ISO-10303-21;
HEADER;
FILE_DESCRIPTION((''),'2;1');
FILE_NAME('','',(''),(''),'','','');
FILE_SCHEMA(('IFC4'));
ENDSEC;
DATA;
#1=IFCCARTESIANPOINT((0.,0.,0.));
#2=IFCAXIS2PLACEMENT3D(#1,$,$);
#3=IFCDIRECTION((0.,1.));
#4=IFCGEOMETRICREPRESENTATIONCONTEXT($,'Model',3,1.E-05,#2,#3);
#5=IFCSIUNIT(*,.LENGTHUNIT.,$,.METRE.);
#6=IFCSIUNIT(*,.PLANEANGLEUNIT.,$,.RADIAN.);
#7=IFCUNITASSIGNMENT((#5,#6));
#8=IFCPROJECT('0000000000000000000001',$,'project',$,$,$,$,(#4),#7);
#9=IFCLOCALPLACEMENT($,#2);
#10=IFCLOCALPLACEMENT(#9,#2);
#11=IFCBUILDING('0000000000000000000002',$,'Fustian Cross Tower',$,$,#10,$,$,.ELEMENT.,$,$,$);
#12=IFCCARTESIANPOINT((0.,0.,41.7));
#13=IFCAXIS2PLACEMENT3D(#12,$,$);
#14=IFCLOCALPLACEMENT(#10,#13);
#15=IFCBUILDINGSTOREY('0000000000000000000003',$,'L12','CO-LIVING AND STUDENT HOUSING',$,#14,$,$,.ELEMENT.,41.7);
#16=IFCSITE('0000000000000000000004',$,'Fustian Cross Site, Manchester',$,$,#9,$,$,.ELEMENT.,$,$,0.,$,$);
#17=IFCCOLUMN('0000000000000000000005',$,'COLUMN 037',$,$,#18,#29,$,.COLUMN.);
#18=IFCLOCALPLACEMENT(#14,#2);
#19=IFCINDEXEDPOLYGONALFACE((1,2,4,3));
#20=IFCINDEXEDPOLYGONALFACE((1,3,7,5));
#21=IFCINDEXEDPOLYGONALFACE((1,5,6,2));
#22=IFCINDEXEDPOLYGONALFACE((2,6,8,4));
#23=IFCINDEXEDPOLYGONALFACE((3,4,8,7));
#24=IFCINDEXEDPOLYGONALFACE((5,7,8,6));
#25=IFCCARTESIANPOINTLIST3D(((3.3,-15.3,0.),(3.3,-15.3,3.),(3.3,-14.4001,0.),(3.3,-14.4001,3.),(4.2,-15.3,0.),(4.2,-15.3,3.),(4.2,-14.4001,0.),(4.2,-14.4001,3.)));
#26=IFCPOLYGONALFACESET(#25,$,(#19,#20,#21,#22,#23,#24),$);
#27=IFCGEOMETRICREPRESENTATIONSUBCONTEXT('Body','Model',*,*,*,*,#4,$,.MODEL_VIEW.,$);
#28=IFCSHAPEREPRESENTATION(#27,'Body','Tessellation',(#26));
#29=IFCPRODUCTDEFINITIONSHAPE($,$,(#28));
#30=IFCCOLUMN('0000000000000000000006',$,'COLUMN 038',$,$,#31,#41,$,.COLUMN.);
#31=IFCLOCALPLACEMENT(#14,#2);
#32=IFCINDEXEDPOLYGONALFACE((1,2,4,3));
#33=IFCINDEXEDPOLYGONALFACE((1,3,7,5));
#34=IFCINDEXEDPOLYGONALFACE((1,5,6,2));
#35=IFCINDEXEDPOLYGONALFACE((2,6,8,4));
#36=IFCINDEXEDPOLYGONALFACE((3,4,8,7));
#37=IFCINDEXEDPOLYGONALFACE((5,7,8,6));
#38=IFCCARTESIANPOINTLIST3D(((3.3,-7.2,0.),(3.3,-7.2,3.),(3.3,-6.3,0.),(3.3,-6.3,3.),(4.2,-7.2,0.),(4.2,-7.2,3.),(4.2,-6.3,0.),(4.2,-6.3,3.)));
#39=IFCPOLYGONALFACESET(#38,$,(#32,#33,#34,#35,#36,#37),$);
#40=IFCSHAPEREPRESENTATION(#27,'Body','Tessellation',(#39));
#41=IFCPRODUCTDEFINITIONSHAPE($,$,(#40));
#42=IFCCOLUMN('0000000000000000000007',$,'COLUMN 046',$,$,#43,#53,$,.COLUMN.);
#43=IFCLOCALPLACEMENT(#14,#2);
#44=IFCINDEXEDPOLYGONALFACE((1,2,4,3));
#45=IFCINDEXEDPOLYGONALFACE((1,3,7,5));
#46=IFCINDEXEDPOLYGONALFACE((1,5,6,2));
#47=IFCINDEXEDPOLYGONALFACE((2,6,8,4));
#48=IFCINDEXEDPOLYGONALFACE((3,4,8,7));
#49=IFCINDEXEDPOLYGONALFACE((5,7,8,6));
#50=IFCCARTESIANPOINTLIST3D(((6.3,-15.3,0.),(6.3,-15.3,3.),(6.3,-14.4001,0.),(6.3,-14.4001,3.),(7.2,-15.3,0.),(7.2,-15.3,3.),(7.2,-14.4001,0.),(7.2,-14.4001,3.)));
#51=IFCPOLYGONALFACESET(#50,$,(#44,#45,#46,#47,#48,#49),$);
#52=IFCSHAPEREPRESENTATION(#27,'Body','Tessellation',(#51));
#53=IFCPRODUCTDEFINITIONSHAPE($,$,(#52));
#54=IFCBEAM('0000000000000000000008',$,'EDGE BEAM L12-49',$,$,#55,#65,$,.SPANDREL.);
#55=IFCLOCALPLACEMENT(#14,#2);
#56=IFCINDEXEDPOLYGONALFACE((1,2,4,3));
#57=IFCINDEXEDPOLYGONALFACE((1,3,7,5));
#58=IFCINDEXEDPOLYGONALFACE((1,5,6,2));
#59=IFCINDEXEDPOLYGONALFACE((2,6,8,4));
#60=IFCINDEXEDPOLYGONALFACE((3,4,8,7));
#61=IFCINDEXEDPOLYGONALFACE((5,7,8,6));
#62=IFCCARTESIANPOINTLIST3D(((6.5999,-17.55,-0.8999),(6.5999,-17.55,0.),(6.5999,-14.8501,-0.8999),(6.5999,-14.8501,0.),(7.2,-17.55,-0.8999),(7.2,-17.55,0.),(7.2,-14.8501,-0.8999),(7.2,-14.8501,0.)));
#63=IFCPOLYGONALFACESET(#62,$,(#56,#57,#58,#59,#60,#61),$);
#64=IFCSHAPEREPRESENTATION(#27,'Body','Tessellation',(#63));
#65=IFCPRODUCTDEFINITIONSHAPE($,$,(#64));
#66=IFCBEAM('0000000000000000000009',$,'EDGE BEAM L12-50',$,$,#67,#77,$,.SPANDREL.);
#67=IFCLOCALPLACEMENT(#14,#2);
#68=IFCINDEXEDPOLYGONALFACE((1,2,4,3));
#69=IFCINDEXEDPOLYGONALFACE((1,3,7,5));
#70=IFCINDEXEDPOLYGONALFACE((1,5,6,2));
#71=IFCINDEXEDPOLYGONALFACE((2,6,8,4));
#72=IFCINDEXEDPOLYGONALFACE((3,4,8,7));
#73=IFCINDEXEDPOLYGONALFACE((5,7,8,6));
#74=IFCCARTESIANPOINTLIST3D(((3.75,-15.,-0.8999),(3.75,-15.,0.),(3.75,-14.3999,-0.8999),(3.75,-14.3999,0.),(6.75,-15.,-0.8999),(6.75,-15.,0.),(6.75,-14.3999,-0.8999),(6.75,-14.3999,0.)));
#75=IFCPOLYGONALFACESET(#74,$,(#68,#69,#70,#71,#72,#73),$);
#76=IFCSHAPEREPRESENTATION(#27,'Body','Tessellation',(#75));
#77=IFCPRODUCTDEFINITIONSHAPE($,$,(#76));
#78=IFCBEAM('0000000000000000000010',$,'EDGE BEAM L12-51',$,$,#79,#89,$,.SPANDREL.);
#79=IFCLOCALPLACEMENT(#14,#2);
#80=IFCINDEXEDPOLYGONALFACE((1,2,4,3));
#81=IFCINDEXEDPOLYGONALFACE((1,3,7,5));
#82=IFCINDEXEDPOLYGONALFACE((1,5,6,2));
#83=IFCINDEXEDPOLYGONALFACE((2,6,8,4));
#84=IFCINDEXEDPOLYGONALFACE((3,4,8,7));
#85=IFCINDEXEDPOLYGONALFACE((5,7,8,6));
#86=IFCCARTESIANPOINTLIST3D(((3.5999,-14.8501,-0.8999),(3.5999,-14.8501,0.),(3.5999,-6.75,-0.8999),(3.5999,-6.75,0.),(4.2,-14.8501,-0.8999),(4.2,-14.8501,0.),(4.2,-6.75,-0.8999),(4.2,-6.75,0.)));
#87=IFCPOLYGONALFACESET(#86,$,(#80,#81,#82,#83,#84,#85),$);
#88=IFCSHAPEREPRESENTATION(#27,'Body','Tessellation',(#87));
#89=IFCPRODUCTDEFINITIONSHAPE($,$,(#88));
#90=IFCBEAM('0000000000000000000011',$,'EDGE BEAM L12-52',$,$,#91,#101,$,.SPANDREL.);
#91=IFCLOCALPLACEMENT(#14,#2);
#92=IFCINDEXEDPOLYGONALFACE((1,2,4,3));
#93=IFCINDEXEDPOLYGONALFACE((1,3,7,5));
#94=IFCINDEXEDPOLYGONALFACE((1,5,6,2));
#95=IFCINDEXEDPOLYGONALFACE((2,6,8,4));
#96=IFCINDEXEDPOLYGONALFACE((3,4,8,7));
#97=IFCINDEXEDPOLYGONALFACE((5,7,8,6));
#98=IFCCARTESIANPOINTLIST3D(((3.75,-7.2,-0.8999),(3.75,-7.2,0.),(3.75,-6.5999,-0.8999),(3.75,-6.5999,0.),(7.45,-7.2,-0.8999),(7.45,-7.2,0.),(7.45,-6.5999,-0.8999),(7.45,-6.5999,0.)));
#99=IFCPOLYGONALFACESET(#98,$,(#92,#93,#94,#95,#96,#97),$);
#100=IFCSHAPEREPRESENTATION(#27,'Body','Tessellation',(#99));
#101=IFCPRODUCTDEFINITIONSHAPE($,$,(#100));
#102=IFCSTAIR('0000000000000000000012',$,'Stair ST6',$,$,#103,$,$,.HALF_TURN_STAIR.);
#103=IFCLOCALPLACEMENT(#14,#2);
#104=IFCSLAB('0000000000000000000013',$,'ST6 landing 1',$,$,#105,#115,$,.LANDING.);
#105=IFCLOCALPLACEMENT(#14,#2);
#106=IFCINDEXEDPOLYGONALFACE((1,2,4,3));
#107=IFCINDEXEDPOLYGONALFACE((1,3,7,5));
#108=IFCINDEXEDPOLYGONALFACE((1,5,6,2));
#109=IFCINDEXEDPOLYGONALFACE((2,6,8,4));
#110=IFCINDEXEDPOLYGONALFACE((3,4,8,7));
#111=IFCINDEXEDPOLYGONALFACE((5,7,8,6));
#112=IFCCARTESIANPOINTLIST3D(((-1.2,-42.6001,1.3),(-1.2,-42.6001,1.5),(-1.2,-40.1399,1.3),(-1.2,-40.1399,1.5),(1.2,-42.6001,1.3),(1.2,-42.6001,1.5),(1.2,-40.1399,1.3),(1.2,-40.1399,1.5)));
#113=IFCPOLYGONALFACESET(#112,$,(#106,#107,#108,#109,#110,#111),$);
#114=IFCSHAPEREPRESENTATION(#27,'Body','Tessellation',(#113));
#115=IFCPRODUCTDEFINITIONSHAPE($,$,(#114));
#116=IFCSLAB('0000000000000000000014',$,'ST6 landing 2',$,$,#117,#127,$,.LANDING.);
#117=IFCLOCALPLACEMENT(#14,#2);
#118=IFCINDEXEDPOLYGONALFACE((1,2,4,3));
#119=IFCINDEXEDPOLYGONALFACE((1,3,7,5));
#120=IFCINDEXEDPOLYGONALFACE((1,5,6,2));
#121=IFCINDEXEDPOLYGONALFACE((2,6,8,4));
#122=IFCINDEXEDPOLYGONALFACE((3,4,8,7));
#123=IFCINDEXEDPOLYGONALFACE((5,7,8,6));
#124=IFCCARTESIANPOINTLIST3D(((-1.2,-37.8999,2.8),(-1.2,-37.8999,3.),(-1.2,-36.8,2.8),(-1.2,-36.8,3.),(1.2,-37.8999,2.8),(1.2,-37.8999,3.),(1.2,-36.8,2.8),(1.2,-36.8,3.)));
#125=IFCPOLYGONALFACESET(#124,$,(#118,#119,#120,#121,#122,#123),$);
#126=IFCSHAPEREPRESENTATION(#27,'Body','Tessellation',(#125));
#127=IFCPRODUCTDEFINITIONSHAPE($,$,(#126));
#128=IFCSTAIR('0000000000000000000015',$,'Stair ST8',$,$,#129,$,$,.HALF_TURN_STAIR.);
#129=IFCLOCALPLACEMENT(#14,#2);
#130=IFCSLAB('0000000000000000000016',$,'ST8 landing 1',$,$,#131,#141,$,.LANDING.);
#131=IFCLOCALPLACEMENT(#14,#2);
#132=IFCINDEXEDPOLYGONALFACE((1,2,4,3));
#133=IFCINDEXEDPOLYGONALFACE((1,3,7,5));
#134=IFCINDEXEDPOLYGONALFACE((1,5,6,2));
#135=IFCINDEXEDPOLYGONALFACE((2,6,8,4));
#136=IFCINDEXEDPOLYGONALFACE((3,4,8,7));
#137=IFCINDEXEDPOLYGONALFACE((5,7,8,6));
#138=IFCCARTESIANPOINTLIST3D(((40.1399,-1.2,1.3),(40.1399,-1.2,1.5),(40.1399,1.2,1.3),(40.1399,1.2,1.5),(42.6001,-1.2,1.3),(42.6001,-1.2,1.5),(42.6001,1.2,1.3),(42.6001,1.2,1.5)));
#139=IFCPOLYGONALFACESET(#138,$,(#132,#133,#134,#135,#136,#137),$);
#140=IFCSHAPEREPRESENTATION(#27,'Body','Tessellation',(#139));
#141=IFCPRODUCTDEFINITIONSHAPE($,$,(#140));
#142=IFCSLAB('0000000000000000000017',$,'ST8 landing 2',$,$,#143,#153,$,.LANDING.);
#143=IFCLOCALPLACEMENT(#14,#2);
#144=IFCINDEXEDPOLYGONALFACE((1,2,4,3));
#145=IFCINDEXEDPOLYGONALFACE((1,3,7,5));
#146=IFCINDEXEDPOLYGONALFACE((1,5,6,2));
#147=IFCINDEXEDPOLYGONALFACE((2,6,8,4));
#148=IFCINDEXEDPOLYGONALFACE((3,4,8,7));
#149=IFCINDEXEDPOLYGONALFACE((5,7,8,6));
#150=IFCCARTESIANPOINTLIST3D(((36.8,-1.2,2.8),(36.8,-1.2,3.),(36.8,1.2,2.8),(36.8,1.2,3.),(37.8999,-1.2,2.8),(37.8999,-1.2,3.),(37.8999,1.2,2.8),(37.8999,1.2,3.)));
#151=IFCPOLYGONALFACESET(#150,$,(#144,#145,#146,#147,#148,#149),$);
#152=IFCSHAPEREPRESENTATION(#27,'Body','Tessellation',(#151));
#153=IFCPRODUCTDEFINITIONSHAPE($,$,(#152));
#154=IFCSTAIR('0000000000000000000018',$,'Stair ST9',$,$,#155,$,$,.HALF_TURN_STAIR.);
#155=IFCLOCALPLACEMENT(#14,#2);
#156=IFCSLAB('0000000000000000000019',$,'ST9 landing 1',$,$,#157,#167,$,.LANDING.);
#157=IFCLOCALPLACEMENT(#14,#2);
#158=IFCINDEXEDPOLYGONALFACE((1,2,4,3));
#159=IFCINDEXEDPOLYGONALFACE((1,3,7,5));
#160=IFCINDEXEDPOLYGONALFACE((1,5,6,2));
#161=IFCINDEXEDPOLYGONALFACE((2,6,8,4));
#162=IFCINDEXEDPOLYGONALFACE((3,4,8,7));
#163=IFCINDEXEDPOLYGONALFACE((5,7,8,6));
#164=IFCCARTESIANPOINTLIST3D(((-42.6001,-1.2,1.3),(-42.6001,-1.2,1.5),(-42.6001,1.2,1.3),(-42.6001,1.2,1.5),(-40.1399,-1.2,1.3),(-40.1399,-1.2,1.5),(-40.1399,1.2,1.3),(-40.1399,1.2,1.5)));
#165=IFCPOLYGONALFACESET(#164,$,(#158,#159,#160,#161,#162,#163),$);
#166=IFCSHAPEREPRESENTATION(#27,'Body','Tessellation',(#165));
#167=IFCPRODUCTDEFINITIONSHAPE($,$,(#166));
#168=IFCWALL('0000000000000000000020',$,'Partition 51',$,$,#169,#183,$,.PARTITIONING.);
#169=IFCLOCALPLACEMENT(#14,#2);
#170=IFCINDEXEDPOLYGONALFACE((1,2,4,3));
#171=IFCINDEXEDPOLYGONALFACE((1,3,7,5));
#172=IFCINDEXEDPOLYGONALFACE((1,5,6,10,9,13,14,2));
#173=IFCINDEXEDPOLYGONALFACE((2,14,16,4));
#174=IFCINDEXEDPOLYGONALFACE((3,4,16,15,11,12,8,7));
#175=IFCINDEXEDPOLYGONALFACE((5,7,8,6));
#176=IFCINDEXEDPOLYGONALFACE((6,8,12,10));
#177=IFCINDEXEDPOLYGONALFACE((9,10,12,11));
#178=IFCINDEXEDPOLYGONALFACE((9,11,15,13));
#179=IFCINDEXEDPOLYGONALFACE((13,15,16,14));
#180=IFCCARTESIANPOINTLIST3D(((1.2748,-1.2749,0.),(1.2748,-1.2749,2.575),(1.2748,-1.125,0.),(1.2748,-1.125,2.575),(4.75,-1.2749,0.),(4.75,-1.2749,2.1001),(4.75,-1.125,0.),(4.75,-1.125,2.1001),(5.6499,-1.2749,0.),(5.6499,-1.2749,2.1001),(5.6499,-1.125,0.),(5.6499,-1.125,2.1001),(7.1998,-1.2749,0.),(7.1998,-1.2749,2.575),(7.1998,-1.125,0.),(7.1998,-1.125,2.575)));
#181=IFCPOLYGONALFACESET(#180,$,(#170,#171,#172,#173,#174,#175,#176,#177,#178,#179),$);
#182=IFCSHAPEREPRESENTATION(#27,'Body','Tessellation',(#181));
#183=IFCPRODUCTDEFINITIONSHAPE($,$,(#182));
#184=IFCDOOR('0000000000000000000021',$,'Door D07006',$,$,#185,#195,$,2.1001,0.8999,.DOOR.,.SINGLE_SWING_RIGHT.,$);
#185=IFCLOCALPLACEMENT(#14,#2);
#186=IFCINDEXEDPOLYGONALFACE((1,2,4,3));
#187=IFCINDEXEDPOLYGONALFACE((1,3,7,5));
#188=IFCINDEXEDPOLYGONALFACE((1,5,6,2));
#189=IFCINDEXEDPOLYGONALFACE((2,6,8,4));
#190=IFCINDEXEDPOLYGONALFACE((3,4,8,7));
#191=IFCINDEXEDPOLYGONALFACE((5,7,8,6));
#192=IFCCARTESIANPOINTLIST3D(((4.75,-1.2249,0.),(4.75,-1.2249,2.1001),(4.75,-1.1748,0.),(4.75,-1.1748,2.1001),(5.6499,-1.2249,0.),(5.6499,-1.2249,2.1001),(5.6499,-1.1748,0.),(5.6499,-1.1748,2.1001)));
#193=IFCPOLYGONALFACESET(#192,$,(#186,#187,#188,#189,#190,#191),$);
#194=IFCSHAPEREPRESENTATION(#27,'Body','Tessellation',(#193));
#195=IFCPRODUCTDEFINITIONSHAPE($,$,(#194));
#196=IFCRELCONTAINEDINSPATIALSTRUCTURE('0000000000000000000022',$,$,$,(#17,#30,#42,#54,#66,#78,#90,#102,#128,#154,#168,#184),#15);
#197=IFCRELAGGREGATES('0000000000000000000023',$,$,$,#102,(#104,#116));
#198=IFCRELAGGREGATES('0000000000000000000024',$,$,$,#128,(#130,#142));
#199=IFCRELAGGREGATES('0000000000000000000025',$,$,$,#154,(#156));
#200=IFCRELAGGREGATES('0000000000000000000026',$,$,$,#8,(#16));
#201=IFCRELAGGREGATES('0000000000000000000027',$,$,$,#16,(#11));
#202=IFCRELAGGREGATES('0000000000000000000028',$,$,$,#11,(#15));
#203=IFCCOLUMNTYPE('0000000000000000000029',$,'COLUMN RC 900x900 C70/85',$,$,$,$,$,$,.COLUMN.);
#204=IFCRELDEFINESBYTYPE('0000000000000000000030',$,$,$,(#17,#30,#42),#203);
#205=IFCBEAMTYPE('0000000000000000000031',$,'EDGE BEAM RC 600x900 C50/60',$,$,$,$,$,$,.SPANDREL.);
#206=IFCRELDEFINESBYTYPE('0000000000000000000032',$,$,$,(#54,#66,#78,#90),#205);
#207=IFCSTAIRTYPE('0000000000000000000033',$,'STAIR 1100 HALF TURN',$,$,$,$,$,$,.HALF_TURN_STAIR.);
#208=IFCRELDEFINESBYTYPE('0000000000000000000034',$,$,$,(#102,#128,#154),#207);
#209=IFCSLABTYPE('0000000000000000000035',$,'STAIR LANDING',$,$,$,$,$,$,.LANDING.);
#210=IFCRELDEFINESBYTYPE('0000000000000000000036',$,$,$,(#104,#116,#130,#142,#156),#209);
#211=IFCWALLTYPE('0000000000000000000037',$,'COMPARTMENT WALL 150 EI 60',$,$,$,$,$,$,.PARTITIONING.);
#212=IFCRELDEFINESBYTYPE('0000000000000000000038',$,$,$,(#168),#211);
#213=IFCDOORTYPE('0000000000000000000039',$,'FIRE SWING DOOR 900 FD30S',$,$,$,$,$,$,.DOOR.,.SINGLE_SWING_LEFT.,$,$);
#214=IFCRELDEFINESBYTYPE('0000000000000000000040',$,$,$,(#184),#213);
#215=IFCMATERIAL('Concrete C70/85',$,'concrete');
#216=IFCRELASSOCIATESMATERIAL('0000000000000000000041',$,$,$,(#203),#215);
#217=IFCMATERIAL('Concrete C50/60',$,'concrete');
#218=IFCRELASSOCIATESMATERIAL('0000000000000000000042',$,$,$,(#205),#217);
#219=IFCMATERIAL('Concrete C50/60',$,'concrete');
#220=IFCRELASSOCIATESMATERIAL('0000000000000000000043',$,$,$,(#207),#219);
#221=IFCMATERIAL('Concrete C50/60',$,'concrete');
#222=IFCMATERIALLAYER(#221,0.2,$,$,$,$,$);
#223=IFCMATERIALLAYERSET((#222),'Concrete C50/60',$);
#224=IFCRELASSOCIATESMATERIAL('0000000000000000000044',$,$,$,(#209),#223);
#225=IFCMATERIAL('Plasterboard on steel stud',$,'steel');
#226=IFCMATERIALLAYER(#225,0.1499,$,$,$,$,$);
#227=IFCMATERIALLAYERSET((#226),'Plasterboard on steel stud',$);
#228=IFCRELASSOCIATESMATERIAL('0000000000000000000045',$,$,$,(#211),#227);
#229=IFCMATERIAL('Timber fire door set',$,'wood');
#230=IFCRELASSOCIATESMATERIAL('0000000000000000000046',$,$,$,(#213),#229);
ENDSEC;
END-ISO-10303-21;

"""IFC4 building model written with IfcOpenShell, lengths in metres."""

from ifc_helpers import new_model, si_unit, direction, frame, frame_2d, origin, origin_2d, place, context, subcontext, project, spatial, polyline, rectangle, outline, extrude, material, layer, layer_set, material_profile, profile_set, type_object, element, fill, aggregate, save


model = new_model("IFC4")

# Units and contexts
model_context = context("Model", 3, precision=1e-05, world=origin(), true_north=direction((0.0, 1.0)))
body_context = subcontext(model_context, "Body", "Model", "MODEL_VIEW")
ifc_project = project(units=[si_unit("LENGTHUNIT", "METRE"), si_unit("PLANEANGLEUNIT", "RADIAN")], contexts=[model_context])

# Site, building, storey
site_placement = place(None, origin())
site = spatial("IfcSite", under=ifc_project, at=site_placement, Name="Fustian Cross Site, Manchester", CompositionType="ELEMENT", RefElevation=0.0)
building_placement = place(site_placement, origin())
building = spatial("IfcBuilding", under=site, at=building_placement, Name="Fustian Cross Tower", CompositionType="ELEMENT")
storey_placement = place(building_placement, frame((0.0, 0.0, 41.7)))
storey = spatial("IfcBuildingStorey", under=building, at=storey_placement, Name="L12", Description="CO-LIVING AND STUDENT HOUSING", CompositionType="ELEMENT", Elevation=41.7)

# Columns
ifc_material_1 = material(Name="Concrete C70/85", Category="concrete")
ifc_material_profile_1 = material_profile(ifc_material_1, rectangle(XDim=0.8999, YDim=0.8999, at=origin_2d()), Name="RC 900x900")
ifc_profile_set_1 = profile_set([ifc_material_profile_1], Name="Concrete C70/85")
column_type = type_object("IfcColumnType", Name="COLUMN RC 900x900 C70/85", PredefinedType="COLUMN", material=ifc_profile_set_1)
for number, where, z_axis, x_axis, name in (
    (1, (3.75, -14.8501, 0.0), (0.0, 0.0, 1.0), (1.0, 0.0, 0.0), "COLUMN 037"),
    (2, (3.75, -6.75, 0.0), (0.0, 0.0, 1.0), (1.0, 0.0, 0.0), "COLUMN 038"),
    (3, (6.75, -14.8501, 0.0), (0.0, 0.0, 1.0), (1.0, 0.0, 0.0), "COLUMN 046"),
):
    element("IfcColumn", number, at=place(storey_placement, frame(where, z_axis=z_axis, x_axis=x_axis)), inside=storey, type_object=column_type, Name=name, PredefinedType="COLUMN", context=body_context, shape_type="SweptSolid", body=[
        extrude(rectangle(XDim=0.8999, YDim=0.8999, at=origin_2d()), origin(), (0.0, 0.0, 1.0), 3.0),
    ])

# Beams
ifc_material_2 = material(Name="Concrete C50/60", Category="concrete")
ifc_material_profile_2 = material_profile(ifc_material_2, rectangle(XDim=0.6001, YDim=0.8999, at=origin_2d()), Name="RC 600x900")
ifc_profile_set_2 = profile_set([ifc_material_profile_2], Name="Concrete C50/60")
beam_type = type_object("IfcBeamType", Name="EDGE BEAM RC 600x900 C50/60", PredefinedType="SPANDREL", material=ifc_profile_set_2)
beam_1_placement = place(storey_placement, frame((6.8999, -17.55, -0.45), z_axis=(0.0, 1.0, 0.0), x_axis=(-1.0, 0.0, 0.0)))
element("IfcBeam", 4, at=beam_1_placement, inside=storey, type_object=beam_type, Name="EDGE BEAM L12-49", PredefinedType="SPANDREL", context=body_context, shape_type="SweptSolid", body=[
    extrude(rectangle(XDim=0.6001, YDim=0.8999, at=origin_2d()), origin(), (0.0, 0.0, 1.0), 2.7),
])
beam_2_placement = place(storey_placement, frame((6.75, -14.7, -0.45), z_axis=(-1.0, 0.0, 0.0), x_axis=(0.0, -1.0, 0.0)))
element("IfcBeam", 5, at=beam_2_placement, inside=storey, type_object=beam_type, Name="EDGE BEAM L12-50", PredefinedType="SPANDREL", context=body_context, shape_type="SweptSolid", body=[
    extrude(rectangle(XDim=0.6001, YDim=0.8999, at=origin_2d()), origin(), (0.0, 0.0, 1.0), 3.0),
])
beam_3_placement = place(storey_placement, frame((3.8999, -14.8501, -0.45), z_axis=(0.0, 1.0, 0.0), x_axis=(-1.0, 0.0, 0.0)))
element("IfcBeam", 6, at=beam_3_placement, inside=storey, type_object=beam_type, Name="EDGE BEAM L12-51", PredefinedType="SPANDREL", context=body_context, shape_type="SweptSolid", body=[
    extrude(rectangle(XDim=0.6001, YDim=0.8999, at=origin_2d()), origin(), (0.0, 0.0, 1.0), 8.1001),
])
beam_4_placement = place(storey_placement, frame((3.75, -6.8999, -0.45), z_axis=(1.0, 0.0, 0.0), x_axis=(0.0, 1.0, 0.0)))
element("IfcBeam", 7, at=beam_4_placement, inside=storey, type_object=beam_type, Name="EDGE BEAM L12-52", PredefinedType="SPANDREL", context=body_context, shape_type="SweptSolid", body=[
    extrude(rectangle(XDim=0.6001, YDim=0.8999, at=origin_2d()), origin(), (0.0, 0.0, 1.0), 3.7),
])

# Stairs, slabs
ifc_material_3 = material(Name="Concrete C50/60", Category="concrete")
stair_type = type_object("IfcStairType", Name="STAIR 1100 HALF TURN", PredefinedType="HALF_TURN_STAIR", material=ifc_material_3)
stair_1_placement = place(storey_placement, origin())
stair_1 = element("IfcStair", 8, at=stair_1_placement, inside=storey, type_object=stair_type, Name="Stair ST6", PredefinedType="HALF_TURN_STAIR")
ifc_material_4 = material(Name="Concrete C50/60", Category="concrete")
ifc_layer_1 = layer(ifc_material_4, 0.2)
ifc_layer_set_1 = layer_set([ifc_layer_1], Name="Concrete C50/60")
slab_type = type_object("IfcSlabType", Name="STAIR LANDING", PredefinedType="LANDING", material=ifc_layer_set_1)
slab_1_placement = place(storey_placement, frame((0.0, 0.0, 1.3)))
slab_1 = element("IfcSlab", 9, at=slab_1_placement, type_object=slab_type, Name="ST6 landing 1", PredefinedType="LANDING", context=body_context, shape_type="SweptSolid", body=[
    extrude(outline(polyline([(-1.2, -40.1399), (-1.2, -42.6001), (1.2, -42.6001), (1.2, -40.1399), (-1.2, -40.1399)])), origin(), (0.0, 0.0, 1.0), 0.2),
])
slab_2_placement = place(storey_placement, frame((0.0, 0.0, 2.8)))
slab_2 = element("IfcSlab", 10, at=slab_2_placement, type_object=slab_type, Name="ST6 landing 2", PredefinedType="LANDING", context=body_context, shape_type="SweptSolid", body=[
    extrude(outline(polyline([(-1.2, -36.8), (-1.2, -37.8999), (1.2, -37.8999), (1.2, -36.8), (-1.2, -36.8)])), origin(), (0.0, 0.0, 1.0), 0.2),
])
aggregate(stair_1, [slab_1, slab_2])
stair_2_placement = place(storey_placement, origin())
stair_2 = element("IfcStair", 11, at=stair_2_placement, inside=storey, type_object=stair_type, Name="Stair ST8", PredefinedType="HALF_TURN_STAIR")
slab_3_placement = place(storey_placement, frame((0.0, 0.0, 1.3)))
slab_3 = element("IfcSlab", 12, at=slab_3_placement, type_object=slab_type, Name="ST8 landing 1", PredefinedType="LANDING", context=body_context, shape_type="SweptSolid", body=[
    extrude(outline(polyline([(40.1399, -1.2), (42.6001, -1.2), (42.6001, 1.2), (40.1399, 1.2), (40.1399, -1.2)])), origin(), (0.0, 0.0, 1.0), 0.2),
])
slab_4_placement = place(storey_placement, frame((0.0, 0.0, 2.8)))
slab_4 = element("IfcSlab", 13, at=slab_4_placement, type_object=slab_type, Name="ST8 landing 2", PredefinedType="LANDING", context=body_context, shape_type="SweptSolid", body=[
    extrude(outline(polyline([(36.8, -1.2), (37.8999, -1.2), (37.8999, 1.2), (36.8, 1.2), (36.8, -1.2)])), origin(), (0.0, 0.0, 1.0), 0.2),
])
aggregate(stair_2, [slab_3, slab_4])

# Stair, slab
stair_3_placement = place(storey_placement, origin())
stair_3 = element("IfcStair", 14, at=stair_3_placement, inside=storey, type_object=stair_type, Name="Stair ST9", PredefinedType="HALF_TURN_STAIR")
slab_5_placement = place(storey_placement, frame((0.0, 0.0, 1.3)))
slab_5 = element("IfcSlab", 15, at=slab_5_placement, type_object=slab_type, Name="ST9 landing 1", PredefinedType="LANDING", context=body_context, shape_type="SweptSolid", body=[
    extrude(outline(polyline([(-40.1399, -1.2), (-42.6001, -1.2), (-42.6001, 1.2), (-40.1399, 1.2), (-40.1399, -1.2)])), origin(), (0.0, 0.0, 1.0), 0.2),
])
aggregate(stair_3, [slab_5])

# Wall, opening, door
ifc_material_5 = material(Name="Plasterboard on steel stud", Category="steel")
ifc_layer_2 = layer(ifc_material_5, 0.1499)
ifc_layer_set_2 = layer_set([ifc_layer_2], Name="Plasterboard on steel stud")
wall_type_1 = type_object("IfcWallType", Name="COMPARTMENT WALL 150 EI 60", PredefinedType="PARTITIONING", material=ifc_layer_set_2)
wall_1_placement = place(storey_placement, frame((1.2749, -1.2, 0.0), z_axis=(0.0, 0.0, 1.0), x_axis=(1.0, 0.0, 0.0)))
wall_1 = element("IfcWall", 16, at=wall_1_placement, inside=storey, type_object=wall_type_1, Name="Partition 51", PredefinedType="PARTITIONING", context=body_context, shape_type="SweptSolid", body=[
    extrude(rectangle(XDim=5.925, YDim=0.1499, at=frame_2d((2.9624, 0.0))), origin(), (0.0, 0.0, 1.0), 2.575),
])
opening_1_placement = place(wall_1_placement, frame((3.4751, 0.0, 0.0)))
opening_1 = element("IfcOpeningElement", 17, at=opening_1_placement, cuts=wall_1, PredefinedType="OPENING", context=body_context, shape_type="SweptSolid", body=[
    extrude(rectangle(XDim=0.8999, YDim=2.1001, at=frame_2d((0.45, 1.05))), frame((0.0, 0.085, 0.0), z_axis=(0.0, -1.0, 0.0), x_axis=(1.0, 0.0, 0.0)), (0.0, 0.0, 1.0), 0.1699),
])
ifc_material_6 = material(Name="Timber fire door set", Category="wood")
door_type_1 = type_object("IfcDoorType", Name="FIRE SWING DOOR 900 FD30S", OperationType="SINGLE_SWING_LEFT", PredefinedType="DOOR", material=ifc_material_6)
door_1_placement = place(opening_1_placement, frame((0.8999, 0.0, 0.0), z_axis=(0.0, 0.0, 1.0), x_axis=(-1.0, 0.0, 0.0)))
door_1 = element("IfcDoor", 18, at=door_1_placement, inside=storey, type_object=door_type_1, Name="Door D07006", OperationType="SINGLE_SWING_RIGHT", OverallHeight=2.1001, OverallWidth=0.8999, PredefinedType="DOOR", context=body_context, shape_type="SweptSolid", body=[
    extrude(rectangle(XDim=0.8999, YDim=2.1001, at=frame_2d((0.45, 1.05))), frame((0.0, 0.0249, 0.0), z_axis=(0.0, -1.0, 0.0), x_axis=(1.0, 0.0, 0.0)), (0.0, 0.0, 1.0), 0.05),
])
fill(opening_1, door_1)

save(model, "model.ifc")
